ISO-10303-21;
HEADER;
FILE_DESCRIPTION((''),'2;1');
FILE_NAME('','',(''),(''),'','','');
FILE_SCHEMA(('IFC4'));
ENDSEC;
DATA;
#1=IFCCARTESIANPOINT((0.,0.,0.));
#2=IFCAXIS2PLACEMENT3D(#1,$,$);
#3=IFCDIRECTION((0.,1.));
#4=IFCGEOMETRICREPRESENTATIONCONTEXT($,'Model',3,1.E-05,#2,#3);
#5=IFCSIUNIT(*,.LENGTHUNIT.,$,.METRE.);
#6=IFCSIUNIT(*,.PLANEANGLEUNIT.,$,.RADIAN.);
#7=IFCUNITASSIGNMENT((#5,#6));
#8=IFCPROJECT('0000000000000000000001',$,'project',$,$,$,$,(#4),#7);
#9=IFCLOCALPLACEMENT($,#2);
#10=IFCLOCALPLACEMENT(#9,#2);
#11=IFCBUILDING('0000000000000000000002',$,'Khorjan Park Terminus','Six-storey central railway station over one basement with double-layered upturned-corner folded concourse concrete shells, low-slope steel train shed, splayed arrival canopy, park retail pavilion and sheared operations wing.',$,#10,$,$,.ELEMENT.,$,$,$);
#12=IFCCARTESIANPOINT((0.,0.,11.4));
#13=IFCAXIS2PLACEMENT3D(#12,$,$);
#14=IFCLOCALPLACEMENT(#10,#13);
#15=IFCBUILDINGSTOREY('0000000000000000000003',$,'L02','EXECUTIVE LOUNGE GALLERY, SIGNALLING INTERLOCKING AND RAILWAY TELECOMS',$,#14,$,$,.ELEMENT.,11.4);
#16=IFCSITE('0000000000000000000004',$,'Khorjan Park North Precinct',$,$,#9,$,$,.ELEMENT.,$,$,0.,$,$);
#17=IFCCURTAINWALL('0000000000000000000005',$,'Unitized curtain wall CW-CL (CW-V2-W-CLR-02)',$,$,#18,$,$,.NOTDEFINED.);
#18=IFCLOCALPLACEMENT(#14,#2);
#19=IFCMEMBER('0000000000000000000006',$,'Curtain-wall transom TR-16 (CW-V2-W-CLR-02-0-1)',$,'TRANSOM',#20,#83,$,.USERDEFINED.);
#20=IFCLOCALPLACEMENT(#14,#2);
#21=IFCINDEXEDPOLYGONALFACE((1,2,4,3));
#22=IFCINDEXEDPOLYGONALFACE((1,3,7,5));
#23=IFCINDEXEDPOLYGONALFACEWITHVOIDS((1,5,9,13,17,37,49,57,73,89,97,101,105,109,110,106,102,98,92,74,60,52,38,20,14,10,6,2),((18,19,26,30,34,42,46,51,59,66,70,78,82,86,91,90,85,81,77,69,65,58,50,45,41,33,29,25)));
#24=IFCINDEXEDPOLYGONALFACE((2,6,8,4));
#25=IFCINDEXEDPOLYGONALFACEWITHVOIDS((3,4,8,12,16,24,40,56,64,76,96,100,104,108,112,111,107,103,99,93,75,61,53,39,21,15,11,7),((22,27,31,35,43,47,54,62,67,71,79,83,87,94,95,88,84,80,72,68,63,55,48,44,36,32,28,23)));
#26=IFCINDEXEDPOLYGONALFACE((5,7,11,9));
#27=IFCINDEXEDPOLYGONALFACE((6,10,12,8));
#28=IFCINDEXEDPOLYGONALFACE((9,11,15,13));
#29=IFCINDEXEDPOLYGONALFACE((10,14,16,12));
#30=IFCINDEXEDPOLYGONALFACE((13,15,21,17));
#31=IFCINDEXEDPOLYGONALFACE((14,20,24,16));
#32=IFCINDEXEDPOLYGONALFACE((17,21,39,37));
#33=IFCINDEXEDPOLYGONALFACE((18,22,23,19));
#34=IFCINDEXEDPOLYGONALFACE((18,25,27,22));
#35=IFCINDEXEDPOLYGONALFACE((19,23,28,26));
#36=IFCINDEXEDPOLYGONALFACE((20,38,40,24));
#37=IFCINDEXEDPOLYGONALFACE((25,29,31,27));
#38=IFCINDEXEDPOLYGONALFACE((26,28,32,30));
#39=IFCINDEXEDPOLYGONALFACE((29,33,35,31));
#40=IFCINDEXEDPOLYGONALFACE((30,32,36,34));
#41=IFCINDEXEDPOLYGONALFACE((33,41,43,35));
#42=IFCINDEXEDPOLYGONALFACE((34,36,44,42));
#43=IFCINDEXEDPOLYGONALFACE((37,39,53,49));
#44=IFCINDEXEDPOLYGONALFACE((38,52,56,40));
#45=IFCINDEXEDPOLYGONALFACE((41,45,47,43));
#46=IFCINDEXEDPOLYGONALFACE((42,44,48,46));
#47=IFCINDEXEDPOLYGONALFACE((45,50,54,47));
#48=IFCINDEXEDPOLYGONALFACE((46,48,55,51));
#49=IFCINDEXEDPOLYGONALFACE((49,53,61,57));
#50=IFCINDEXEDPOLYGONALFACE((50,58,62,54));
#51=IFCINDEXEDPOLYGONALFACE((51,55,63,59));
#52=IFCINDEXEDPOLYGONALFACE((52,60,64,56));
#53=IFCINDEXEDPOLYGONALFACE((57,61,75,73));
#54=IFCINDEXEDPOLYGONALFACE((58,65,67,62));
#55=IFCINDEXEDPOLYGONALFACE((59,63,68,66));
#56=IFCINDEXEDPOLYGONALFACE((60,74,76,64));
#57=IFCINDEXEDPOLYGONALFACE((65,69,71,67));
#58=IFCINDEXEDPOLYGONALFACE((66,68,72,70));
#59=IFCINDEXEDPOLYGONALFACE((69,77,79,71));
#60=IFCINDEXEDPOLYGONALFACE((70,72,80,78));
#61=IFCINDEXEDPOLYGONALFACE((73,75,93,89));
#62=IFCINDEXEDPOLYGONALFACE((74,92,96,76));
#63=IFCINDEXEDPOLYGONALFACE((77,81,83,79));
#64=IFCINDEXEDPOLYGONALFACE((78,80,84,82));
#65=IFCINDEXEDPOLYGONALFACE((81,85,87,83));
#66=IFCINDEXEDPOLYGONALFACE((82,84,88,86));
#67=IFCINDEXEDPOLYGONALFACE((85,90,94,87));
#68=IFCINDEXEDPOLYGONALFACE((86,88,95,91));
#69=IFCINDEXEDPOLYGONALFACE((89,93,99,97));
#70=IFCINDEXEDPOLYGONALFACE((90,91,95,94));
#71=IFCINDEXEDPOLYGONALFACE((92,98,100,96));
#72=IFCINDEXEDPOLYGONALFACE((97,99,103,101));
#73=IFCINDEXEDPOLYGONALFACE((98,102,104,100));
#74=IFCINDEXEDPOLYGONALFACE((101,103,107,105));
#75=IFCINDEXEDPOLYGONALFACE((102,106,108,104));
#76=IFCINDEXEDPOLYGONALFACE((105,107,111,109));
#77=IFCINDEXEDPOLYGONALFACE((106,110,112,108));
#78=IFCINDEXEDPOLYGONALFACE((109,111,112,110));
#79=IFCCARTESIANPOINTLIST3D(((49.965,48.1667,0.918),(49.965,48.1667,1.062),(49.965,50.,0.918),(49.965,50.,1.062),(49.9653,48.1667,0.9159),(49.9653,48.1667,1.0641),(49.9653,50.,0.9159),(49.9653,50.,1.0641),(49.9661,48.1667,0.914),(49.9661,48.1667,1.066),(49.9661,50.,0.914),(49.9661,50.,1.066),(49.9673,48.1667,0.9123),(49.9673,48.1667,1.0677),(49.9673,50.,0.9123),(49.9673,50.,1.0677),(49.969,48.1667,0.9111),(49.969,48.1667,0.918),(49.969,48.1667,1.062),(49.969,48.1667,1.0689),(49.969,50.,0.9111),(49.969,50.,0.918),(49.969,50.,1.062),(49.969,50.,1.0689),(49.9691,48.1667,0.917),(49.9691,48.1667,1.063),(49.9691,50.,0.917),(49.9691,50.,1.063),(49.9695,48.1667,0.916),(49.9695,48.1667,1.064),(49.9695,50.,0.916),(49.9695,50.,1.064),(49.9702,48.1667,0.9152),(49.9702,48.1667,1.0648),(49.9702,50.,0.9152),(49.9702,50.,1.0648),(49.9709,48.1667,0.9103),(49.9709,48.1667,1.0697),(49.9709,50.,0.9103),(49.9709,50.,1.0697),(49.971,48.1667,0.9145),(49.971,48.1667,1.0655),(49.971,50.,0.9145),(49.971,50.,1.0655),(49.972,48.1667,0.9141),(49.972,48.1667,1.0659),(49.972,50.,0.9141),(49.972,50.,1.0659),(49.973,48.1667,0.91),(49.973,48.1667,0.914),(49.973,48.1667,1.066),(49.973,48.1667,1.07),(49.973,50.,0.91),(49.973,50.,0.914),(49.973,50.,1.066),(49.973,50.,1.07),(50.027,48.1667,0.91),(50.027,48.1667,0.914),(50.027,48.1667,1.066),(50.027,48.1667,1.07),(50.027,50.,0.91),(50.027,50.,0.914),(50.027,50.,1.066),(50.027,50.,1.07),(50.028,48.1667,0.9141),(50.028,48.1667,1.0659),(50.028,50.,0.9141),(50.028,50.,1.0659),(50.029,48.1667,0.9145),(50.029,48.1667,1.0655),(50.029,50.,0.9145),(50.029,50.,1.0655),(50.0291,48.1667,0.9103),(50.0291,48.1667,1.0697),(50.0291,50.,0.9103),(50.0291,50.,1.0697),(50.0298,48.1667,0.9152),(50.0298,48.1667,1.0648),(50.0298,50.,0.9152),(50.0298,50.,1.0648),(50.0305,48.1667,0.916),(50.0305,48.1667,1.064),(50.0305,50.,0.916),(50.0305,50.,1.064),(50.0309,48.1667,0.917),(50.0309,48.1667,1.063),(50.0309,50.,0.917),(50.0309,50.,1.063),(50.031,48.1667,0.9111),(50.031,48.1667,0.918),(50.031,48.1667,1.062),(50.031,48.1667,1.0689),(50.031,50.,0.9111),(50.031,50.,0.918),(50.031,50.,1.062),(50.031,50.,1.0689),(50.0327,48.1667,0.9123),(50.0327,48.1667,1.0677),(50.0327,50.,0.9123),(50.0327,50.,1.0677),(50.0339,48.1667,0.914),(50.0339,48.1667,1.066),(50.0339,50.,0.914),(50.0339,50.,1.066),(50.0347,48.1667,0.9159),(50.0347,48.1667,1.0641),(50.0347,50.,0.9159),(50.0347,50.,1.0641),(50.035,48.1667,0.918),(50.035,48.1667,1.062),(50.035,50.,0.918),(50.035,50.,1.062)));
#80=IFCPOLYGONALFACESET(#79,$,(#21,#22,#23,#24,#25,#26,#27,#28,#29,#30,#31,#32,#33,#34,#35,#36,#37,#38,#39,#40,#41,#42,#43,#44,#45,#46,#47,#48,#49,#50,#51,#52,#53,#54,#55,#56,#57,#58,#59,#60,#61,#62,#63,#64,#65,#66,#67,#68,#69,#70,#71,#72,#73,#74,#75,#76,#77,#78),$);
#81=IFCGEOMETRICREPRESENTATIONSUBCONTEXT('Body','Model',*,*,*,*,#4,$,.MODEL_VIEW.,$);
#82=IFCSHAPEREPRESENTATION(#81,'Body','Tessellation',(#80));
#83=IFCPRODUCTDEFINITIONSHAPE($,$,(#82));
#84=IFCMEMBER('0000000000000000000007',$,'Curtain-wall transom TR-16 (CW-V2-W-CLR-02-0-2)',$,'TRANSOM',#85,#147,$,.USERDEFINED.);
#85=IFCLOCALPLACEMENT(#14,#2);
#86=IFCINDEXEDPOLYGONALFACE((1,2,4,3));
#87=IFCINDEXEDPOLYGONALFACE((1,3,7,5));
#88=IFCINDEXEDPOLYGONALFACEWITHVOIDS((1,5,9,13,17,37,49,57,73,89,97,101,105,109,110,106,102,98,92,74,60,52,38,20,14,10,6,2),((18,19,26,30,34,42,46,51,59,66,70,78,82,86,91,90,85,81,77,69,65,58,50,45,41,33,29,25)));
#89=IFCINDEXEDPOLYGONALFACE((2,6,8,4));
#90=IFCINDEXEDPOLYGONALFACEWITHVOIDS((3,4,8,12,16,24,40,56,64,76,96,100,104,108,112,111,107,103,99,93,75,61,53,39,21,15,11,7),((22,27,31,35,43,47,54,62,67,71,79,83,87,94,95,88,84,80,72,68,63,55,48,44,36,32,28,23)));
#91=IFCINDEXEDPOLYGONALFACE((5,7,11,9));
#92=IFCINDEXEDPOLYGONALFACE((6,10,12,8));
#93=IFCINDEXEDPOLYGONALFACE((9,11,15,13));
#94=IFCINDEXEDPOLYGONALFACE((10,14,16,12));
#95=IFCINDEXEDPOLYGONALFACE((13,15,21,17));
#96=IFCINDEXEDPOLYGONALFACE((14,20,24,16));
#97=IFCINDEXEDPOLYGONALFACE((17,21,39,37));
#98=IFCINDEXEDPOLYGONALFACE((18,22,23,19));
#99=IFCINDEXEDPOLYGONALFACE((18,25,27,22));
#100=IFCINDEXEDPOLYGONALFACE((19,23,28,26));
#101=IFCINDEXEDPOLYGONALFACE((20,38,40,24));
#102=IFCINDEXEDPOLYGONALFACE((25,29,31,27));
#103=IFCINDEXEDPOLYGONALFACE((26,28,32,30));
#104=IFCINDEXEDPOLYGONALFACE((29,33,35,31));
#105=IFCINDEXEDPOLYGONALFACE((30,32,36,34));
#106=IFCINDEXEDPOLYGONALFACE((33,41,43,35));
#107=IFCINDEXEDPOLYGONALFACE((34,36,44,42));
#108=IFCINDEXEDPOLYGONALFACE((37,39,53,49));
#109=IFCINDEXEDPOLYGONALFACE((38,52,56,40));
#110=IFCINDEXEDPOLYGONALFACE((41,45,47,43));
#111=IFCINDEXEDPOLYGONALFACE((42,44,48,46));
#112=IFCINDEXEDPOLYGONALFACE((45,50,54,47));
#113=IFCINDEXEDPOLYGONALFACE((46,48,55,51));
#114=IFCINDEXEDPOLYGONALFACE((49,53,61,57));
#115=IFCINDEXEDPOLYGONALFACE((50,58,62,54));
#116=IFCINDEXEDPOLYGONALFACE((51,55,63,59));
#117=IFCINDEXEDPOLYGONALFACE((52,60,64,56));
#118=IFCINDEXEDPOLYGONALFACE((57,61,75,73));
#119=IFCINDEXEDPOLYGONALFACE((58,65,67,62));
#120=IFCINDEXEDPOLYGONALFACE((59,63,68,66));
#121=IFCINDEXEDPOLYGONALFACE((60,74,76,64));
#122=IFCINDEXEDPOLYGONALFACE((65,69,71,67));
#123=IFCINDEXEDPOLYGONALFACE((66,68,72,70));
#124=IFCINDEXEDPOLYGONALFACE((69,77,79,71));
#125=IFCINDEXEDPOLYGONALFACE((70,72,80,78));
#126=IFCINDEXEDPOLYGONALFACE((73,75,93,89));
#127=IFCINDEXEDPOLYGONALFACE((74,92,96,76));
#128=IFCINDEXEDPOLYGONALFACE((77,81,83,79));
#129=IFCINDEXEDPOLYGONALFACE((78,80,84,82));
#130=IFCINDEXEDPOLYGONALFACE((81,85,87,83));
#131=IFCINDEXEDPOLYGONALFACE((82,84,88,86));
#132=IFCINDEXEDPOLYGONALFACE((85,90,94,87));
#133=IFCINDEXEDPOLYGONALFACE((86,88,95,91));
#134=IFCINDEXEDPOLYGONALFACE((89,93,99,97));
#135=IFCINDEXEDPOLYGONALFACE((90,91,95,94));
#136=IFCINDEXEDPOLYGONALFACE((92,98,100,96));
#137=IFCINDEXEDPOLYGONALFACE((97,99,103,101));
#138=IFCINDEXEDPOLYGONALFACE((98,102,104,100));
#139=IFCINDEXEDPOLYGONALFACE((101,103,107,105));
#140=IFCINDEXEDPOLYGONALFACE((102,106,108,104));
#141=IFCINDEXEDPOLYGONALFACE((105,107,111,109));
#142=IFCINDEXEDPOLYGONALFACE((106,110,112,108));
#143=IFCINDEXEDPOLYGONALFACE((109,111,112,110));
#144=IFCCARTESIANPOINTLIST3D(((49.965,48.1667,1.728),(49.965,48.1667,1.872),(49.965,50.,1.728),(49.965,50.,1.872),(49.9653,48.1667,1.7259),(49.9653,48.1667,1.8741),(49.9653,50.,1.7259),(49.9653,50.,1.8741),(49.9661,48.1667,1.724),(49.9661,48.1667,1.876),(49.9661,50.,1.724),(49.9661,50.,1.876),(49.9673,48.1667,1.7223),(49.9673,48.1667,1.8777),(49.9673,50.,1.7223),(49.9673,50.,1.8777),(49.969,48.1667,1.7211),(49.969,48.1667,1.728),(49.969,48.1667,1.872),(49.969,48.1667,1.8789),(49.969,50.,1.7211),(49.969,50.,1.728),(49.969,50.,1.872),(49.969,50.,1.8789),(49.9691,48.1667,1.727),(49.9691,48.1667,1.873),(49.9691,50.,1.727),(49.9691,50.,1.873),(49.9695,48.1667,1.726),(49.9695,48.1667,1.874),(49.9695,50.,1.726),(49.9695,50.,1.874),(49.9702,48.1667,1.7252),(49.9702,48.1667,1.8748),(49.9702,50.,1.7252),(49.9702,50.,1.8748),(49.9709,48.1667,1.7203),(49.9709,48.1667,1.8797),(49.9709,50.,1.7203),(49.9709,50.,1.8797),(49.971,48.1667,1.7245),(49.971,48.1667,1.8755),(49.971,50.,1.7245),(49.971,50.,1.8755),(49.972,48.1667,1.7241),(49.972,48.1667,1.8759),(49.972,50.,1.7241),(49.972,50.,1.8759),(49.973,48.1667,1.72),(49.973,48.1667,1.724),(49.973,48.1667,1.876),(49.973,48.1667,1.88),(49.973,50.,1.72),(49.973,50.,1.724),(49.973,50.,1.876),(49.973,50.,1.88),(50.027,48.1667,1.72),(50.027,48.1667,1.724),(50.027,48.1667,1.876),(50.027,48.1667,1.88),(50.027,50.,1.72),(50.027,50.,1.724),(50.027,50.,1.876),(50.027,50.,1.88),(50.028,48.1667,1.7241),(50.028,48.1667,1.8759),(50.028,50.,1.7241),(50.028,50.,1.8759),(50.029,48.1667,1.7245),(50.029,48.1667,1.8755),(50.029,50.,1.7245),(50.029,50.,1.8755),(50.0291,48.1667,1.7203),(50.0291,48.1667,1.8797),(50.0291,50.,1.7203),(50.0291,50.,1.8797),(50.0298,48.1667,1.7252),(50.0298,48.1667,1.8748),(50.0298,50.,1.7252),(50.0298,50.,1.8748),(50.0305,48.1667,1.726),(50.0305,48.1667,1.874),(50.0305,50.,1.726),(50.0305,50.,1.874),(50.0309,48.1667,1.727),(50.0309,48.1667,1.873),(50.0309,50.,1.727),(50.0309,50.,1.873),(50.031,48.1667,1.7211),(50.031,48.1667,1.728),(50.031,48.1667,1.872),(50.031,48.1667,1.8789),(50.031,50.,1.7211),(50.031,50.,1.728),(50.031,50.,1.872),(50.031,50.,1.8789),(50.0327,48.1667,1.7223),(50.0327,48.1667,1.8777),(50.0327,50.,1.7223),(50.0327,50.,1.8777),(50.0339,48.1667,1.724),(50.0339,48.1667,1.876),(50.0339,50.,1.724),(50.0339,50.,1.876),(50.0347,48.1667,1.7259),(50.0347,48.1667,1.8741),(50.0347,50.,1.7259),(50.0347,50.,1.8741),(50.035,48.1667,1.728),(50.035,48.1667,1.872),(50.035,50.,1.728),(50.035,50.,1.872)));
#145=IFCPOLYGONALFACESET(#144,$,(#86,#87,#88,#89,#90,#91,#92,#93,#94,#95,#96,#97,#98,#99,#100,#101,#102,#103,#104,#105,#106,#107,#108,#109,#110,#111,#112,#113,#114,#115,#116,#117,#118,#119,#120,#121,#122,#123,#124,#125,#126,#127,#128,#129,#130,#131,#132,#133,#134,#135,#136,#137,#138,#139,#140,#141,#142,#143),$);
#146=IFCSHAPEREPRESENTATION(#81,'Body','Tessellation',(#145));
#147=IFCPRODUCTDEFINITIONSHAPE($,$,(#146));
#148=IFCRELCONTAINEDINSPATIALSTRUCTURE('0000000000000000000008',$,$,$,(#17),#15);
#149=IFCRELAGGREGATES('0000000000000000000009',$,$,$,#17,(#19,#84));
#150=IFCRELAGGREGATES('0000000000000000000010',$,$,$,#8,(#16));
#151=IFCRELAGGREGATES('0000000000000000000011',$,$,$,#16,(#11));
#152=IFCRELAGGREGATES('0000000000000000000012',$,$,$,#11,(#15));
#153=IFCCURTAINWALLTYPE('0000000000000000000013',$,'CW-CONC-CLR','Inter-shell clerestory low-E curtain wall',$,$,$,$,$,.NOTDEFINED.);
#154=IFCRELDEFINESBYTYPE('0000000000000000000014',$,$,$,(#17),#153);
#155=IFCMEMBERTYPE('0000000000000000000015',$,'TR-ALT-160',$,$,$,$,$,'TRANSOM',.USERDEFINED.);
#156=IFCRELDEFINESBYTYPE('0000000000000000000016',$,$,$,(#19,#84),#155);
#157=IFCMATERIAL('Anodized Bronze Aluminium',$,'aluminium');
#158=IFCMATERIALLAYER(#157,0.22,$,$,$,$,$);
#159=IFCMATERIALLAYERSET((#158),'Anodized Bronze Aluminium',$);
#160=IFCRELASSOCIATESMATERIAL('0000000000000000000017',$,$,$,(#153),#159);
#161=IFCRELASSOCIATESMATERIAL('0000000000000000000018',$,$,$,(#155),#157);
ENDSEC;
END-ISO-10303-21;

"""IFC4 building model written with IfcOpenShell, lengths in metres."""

from ifc_helpers import new_model, si_unit, direction, frame, origin, origin_2d, place, context, subcontext, project, spatial, hollow_rectangle, extrude, material, layer, layer_set, material_profile, profile_set, type_object, element, aggregate, save


model = new_model("IFC4")

# Units and contexts
model_context = context("Model", 3, precision=1e-05, world=origin(), true_north=direction((0.0, 1.0)))
body_context = subcontext(model_context, "Body", "Model", "MODEL_VIEW")
ifc_project = project(units=[si_unit("LENGTHUNIT", "METRE"), si_unit("PLANEANGLEUNIT", "RADIAN")], contexts=[model_context])

# Site, building, storey
site_placement = place(None, origin())
site = spatial("IfcSite", under=ifc_project, at=site_placement, Name="Khorjan Park North Precinct", CompositionType="ELEMENT", RefElevation=0.0)
building_placement = place(site_placement, origin())
building = spatial("IfcBuilding", under=site, at=building_placement, Name="Khorjan Park Terminus", Description="Six-storey central railway station over one basement with double-layered upturned-corner folded concourse concrete shells, low-slope steel train shed, splayed arrival canopy, park retail pavilion and sheared operations wing.", CompositionType="ELEMENT")
storey_placement = place(building_placement, frame((0.0, 0.0, 11.4)))
storey = spatial("IfcBuildingStorey", under=building, at=storey_placement, Name="L02", Description="EXECUTIVE LOUNGE GALLERY, SIGNALLING INTERLOCKING AND RAILWAY TELECOMS", CompositionType="ELEMENT", Elevation=11.4)

# Curtain wall, members
ifc_material_1 = material(Name="Anodized Bronze Aluminium", Category="aluminium")
ifc_layer_1 = layer(ifc_material_1, 0.22)
ifc_layer_set_1 = layer_set([ifc_layer_1], Name="Anodized Bronze Aluminium")
curtain_wall_type = type_object("IfcCurtainWallType", Name="CW-CONC-CLR", Description="Inter-shell clerestory low-E curtain wall", PredefinedType="NOTDEFINED", material=ifc_layer_set_1)
curtain_wall_placement = place(storey_placement, origin())
curtain_wall = element("IfcCurtainWall", 1, at=curtain_wall_placement, inside=storey, type_object=curtain_wall_type, Name="Unitized curtain wall CW-CL (CW-V2-W-CLR-02)", PredefinedType="NOTDEFINED")
ifc_material_profile_1 = material_profile(ifc_material_1, hollow_rectangle(XDim=0.07, YDim=0.16, WallThickness=0.004, InnerFilletRadius=0.004, OuterFilletRadius=0.008, at=origin_2d()), Name="ALT 70x160x4")
ifc_profile_set_1 = profile_set([ifc_material_profile_1], Name="Anodized Bronze Aluminium")
member_type_1 = type_object("IfcMemberType", Name="TR-ALT-160", ElementType="TRANSOM", PredefinedType="USERDEFINED", material=ifc_profile_set_1)
member_1_placement = place(storey_placement, frame((50.0, 50.0, 0.99), z_axis=(0.0, -1.0, 0.0), x_axis=(1.0, 0.0, 0.0)))
member_1 = element("IfcMember", 2, at=member_1_placement, type_object=member_type_1, Name="Curtain-wall transom TR-16 (CW-V2-W-CLR-02-0-1)", ObjectType="TRANSOM", PredefinedType="USERDEFINED", context=body_context, shape_type="SweptSolid", body=[
    extrude(hollow_rectangle(XDim=0.07, YDim=0.16, WallThickness=0.004, InnerFilletRadius=0.004, OuterFilletRadius=0.008, at=origin_2d()), origin(), (0.0, 0.0, 1.0), 1.8333),
])
member_2_placement = place(storey_placement, frame((50.0, 50.0, 1.8), z_axis=(0.0, -1.0, 0.0), x_axis=(1.0, 0.0, 0.0)))
member_2 = element("IfcMember", 3, at=member_2_placement, type_object=member_type_1, Name="Curtain-wall transom TR-16 (CW-V2-W-CLR-02-0-2)", ObjectType="TRANSOM", PredefinedType="USERDEFINED", context=body_context, shape_type="SweptSolid", body=[
    extrude(hollow_rectangle(XDim=0.07, YDim=0.16, WallThickness=0.004, InnerFilletRadius=0.004, OuterFilletRadius=0.008, at=origin_2d()), origin(), (0.0, 0.0, 1.0), 1.8333),
])

aggregate(curtain_wall, [member_1, member_2])

save(model, "model.ifc")
